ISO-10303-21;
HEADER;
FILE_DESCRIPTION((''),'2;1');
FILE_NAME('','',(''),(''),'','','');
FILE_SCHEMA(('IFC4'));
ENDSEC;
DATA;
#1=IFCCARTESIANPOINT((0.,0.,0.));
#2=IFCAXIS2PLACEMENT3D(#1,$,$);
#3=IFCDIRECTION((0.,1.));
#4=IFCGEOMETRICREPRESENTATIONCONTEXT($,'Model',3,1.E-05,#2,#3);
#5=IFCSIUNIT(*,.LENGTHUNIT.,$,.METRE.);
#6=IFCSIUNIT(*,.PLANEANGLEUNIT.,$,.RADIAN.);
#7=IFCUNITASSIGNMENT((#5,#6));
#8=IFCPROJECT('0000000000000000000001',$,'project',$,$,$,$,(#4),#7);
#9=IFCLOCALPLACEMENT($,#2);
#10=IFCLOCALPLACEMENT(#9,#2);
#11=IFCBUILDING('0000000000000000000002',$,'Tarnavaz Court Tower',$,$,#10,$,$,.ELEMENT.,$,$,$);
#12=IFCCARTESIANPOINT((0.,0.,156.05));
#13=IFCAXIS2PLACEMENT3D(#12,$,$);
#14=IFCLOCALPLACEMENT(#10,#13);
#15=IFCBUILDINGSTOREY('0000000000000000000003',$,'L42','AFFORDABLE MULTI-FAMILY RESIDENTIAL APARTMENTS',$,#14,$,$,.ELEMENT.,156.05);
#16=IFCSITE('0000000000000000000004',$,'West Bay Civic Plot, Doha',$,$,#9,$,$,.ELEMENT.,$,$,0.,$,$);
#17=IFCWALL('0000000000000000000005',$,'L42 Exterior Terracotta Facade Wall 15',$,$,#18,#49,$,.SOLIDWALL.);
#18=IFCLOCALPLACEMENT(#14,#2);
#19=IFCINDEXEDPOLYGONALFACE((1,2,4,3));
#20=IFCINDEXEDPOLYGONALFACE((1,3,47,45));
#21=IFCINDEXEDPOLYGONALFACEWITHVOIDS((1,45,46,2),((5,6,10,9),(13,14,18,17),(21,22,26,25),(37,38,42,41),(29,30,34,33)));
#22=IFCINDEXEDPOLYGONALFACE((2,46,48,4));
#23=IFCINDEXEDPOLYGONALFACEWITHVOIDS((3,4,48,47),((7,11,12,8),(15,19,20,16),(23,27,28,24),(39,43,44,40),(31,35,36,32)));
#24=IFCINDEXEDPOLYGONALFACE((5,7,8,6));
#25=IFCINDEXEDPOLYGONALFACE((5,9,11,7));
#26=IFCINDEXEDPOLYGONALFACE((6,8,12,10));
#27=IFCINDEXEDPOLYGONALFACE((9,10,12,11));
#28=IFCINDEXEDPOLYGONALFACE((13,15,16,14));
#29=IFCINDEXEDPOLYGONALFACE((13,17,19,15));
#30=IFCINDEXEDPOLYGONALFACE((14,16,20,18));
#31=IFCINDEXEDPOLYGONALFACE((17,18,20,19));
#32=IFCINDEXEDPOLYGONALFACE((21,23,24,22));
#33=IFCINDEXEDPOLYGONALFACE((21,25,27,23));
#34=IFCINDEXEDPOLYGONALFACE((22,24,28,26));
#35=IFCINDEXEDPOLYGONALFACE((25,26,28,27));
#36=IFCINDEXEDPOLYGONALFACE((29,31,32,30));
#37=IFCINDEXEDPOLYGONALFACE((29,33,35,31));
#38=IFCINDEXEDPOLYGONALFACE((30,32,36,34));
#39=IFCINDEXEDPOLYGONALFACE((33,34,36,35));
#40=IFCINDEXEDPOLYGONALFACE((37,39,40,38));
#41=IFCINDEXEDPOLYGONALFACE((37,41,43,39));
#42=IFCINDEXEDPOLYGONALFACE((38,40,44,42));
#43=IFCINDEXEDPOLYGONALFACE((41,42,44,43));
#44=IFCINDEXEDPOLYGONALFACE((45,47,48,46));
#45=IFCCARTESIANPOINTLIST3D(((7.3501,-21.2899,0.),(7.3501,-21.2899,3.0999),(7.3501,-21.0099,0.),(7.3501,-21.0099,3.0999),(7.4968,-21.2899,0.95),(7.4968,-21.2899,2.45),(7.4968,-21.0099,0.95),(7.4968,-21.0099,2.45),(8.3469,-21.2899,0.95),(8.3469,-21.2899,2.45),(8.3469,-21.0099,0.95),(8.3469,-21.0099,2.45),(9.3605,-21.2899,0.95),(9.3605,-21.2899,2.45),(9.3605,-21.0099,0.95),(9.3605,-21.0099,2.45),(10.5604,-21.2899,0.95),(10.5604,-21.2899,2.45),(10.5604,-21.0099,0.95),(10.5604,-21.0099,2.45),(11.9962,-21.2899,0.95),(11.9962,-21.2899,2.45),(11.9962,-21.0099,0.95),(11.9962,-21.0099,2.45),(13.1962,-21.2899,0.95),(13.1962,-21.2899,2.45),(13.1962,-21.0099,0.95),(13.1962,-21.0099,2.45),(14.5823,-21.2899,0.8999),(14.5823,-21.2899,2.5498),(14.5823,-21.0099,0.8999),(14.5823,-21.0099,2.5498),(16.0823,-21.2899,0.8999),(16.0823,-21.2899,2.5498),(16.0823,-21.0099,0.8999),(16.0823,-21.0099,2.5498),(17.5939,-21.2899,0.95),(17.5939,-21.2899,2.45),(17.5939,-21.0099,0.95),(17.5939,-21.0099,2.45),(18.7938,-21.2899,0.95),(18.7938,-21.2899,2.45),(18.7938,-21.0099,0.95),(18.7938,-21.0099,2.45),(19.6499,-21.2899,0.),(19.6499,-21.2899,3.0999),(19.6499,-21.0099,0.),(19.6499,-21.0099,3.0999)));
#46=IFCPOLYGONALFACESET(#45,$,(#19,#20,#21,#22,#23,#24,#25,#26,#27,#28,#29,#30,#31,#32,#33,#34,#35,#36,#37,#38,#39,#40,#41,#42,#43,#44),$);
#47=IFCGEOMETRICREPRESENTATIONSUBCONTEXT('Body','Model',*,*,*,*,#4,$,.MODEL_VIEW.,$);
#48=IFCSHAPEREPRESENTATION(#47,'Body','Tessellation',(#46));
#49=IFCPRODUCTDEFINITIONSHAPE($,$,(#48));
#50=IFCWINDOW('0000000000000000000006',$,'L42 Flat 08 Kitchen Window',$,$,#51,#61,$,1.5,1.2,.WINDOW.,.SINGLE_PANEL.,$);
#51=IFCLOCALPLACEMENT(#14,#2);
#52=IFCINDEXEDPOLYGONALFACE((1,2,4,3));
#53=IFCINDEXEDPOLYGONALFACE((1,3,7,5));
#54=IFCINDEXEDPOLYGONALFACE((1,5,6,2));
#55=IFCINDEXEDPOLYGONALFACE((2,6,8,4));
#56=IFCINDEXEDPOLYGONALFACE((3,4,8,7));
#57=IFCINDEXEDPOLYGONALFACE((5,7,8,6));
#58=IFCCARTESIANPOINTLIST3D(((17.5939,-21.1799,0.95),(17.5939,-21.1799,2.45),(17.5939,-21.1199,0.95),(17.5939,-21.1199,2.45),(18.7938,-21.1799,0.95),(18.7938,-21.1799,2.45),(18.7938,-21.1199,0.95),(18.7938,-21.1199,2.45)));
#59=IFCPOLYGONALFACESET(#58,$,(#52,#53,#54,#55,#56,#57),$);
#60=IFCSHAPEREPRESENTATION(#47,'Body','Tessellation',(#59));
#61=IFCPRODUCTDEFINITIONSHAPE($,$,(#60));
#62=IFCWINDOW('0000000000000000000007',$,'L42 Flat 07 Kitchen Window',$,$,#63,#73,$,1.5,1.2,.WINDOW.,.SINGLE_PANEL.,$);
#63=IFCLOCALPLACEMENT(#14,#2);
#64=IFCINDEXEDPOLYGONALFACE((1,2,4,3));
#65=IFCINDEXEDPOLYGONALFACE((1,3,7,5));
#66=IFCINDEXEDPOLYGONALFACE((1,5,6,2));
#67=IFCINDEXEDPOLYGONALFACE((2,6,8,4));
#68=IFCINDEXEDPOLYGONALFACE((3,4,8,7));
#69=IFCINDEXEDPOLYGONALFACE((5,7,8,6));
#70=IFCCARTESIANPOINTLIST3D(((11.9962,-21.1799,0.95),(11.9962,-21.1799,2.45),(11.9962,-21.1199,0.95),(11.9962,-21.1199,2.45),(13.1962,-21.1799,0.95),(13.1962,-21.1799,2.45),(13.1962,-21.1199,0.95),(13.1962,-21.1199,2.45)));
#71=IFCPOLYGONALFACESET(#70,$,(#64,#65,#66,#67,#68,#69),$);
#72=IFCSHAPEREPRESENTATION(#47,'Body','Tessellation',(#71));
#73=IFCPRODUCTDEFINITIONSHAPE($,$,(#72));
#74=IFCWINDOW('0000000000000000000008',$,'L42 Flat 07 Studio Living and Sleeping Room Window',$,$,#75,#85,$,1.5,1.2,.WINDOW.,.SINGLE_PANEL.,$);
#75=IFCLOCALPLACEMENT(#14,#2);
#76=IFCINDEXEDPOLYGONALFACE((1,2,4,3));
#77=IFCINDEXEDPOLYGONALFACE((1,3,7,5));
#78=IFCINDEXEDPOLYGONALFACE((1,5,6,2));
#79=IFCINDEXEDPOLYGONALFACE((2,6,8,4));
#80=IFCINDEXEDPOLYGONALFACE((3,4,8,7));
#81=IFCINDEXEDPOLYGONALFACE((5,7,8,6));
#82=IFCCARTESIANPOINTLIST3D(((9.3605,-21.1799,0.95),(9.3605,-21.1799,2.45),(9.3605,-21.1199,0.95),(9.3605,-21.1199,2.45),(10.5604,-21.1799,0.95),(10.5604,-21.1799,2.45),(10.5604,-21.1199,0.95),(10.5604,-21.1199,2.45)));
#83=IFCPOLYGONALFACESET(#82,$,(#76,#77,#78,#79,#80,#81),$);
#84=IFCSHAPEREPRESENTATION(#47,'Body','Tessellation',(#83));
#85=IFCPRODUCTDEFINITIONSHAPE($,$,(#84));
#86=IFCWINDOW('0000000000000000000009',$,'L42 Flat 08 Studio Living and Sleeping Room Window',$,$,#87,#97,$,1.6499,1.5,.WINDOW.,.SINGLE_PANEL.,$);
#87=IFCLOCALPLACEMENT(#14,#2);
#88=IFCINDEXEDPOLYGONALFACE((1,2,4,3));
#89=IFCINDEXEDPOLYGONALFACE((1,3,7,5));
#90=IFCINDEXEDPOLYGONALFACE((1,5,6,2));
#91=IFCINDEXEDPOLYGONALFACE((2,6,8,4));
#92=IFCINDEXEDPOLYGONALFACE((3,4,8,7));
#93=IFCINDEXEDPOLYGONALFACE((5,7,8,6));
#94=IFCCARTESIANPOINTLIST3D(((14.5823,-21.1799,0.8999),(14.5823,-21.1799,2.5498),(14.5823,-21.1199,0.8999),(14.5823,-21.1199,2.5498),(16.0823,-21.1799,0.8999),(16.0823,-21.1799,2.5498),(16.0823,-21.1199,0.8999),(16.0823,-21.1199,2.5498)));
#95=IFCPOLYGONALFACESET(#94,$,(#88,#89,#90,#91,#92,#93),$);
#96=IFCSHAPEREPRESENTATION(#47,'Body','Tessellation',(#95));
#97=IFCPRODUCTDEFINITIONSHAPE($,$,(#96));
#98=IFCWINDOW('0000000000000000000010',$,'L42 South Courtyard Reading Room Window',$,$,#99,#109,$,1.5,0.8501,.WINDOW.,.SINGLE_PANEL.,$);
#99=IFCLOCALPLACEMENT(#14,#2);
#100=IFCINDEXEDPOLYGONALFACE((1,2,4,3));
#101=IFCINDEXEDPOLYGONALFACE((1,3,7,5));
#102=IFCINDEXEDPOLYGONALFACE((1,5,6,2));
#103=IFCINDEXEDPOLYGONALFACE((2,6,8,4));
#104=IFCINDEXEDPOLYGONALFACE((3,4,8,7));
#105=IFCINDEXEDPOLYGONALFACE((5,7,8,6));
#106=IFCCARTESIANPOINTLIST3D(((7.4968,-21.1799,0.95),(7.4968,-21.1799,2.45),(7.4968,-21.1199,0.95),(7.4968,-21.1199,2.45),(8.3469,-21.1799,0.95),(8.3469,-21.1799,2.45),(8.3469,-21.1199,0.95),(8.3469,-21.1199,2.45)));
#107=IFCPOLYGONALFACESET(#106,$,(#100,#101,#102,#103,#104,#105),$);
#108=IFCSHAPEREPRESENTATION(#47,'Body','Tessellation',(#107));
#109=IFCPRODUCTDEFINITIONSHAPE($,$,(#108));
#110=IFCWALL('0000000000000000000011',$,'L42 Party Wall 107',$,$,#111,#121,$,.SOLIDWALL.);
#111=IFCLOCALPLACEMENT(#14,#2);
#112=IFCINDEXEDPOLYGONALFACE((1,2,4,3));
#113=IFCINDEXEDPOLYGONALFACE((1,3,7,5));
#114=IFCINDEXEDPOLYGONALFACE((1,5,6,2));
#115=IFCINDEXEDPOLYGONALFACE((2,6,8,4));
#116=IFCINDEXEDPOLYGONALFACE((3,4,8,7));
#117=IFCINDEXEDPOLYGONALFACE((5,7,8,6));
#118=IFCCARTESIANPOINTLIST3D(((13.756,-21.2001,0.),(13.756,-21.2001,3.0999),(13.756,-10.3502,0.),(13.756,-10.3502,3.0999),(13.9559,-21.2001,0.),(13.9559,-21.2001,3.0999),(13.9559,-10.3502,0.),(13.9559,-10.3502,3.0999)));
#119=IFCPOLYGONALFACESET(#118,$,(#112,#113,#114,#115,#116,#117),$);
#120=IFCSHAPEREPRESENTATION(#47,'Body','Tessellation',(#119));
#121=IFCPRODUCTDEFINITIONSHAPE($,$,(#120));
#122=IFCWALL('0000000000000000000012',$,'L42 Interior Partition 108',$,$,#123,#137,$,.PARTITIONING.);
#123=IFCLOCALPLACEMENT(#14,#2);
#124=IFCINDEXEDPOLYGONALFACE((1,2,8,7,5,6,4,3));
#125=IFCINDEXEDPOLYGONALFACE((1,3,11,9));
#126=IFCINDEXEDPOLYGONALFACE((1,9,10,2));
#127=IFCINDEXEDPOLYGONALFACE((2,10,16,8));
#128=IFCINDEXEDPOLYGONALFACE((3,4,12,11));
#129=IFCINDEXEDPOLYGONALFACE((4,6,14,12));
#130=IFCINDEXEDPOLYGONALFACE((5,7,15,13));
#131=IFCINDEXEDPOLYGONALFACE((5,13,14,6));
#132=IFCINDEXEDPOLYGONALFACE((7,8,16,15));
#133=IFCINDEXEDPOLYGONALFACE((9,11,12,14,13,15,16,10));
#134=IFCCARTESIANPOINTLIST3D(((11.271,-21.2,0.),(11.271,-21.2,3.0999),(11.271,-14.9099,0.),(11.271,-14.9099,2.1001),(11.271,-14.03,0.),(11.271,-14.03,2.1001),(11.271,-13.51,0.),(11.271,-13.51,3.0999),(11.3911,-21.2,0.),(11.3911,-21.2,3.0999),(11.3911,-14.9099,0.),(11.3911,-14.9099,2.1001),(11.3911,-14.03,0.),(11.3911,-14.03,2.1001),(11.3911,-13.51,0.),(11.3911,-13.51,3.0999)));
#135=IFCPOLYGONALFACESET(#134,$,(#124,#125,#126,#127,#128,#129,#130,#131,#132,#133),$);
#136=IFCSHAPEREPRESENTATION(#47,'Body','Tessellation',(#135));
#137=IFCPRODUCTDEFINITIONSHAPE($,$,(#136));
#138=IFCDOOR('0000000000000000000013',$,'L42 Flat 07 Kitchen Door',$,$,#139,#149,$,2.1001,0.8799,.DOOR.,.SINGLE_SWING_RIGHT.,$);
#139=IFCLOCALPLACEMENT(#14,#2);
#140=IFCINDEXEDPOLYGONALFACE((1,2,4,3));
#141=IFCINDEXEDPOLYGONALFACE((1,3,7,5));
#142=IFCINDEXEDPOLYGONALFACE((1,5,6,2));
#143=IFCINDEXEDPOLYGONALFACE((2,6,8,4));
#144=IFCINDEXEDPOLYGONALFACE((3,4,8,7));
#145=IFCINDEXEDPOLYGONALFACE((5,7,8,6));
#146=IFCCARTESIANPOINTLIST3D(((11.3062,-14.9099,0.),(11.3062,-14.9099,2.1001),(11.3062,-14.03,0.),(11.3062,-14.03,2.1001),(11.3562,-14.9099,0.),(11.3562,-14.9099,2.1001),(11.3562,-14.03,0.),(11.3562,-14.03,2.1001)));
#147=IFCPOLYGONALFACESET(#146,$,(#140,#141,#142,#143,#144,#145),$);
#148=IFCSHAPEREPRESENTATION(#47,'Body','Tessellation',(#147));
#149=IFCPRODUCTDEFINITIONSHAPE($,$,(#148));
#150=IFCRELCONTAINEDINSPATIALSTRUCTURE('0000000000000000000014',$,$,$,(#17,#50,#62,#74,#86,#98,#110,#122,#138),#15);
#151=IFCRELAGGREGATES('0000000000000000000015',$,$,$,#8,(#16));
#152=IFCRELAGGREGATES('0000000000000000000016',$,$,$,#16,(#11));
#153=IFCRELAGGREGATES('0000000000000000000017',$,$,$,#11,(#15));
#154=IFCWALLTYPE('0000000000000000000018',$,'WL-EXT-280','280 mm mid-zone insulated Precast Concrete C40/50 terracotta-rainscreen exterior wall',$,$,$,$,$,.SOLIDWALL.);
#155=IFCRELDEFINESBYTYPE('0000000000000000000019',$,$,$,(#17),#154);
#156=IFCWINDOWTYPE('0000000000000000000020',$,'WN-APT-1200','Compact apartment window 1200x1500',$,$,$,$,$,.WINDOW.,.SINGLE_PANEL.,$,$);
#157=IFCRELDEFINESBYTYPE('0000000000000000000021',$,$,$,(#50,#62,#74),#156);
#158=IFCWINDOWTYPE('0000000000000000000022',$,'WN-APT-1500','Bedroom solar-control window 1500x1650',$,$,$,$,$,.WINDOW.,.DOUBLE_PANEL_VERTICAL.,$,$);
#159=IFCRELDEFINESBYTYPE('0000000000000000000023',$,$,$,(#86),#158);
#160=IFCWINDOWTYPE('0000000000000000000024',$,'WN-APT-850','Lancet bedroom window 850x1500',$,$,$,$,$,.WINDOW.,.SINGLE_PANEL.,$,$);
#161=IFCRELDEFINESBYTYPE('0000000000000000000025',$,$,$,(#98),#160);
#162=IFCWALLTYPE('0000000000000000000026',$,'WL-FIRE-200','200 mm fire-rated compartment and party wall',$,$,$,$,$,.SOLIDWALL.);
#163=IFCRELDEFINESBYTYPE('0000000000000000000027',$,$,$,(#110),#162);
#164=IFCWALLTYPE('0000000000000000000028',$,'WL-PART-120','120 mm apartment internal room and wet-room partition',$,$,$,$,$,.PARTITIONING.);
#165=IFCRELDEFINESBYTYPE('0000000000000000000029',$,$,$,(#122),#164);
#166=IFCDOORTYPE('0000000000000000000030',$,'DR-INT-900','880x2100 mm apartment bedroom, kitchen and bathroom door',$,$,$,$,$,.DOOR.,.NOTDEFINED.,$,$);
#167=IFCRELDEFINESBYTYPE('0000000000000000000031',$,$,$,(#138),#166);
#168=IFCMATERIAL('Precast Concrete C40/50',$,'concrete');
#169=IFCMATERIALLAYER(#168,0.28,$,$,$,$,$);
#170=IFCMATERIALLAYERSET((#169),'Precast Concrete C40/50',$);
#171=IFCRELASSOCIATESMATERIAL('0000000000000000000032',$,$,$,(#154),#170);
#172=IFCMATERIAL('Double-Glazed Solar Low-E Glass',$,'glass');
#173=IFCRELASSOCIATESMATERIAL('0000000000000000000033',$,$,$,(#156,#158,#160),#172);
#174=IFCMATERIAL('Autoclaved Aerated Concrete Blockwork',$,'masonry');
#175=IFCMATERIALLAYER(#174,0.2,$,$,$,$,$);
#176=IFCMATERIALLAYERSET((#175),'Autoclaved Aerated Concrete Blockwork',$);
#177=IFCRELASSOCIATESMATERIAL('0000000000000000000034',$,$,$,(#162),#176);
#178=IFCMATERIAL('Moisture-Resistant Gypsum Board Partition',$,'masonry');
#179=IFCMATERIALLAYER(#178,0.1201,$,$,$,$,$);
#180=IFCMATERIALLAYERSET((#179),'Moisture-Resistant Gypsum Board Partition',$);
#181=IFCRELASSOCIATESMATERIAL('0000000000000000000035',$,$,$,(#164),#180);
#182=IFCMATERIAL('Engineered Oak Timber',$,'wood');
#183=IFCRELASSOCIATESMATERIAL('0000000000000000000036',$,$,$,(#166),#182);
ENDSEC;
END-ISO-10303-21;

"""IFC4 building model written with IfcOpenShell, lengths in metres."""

from ifc_helpers import new_model, si_unit, direction, frame, frame_2d, origin, place, context, subcontext, project, spatial, rectangle, extrude, material, layer, layer_set, type_object, element, fill, save


model = new_model("IFC4")

# Units and contexts
model_context = context("Model", 3, precision=1e-05, world=origin(), true_north=direction((0.0, 1.0)))
body_context = subcontext(model_context, "Body", "Model", "MODEL_VIEW")
ifc_project = project(units=[si_unit("LENGTHUNIT", "METRE"), si_unit("PLANEANGLEUNIT", "RADIAN")], contexts=[model_context])

# Site, building, storey
site_placement = place(None, origin())
site = spatial("IfcSite", under=ifc_project, at=site_placement, Name="West Bay Civic Plot, Doha", CompositionType="ELEMENT", RefElevation=0.0)
building_placement = place(site_placement, origin())
building = spatial("IfcBuilding", under=site, at=building_placement, Name="Tarnavaz Court Tower", CompositionType="ELEMENT")
storey_placement = place(building_placement, frame((0.0, 0.0, 156.05)))
storey = spatial("IfcBuildingStorey", under=building, at=storey_placement, Name="L42", Description="AFFORDABLE MULTI-FAMILY RESIDENTIAL APARTMENTS", CompositionType="ELEMENT", Elevation=156.05)

# Shared definitions
ifc_material_1 = material(Name="Precast Concrete C40/50", Category="concrete")
ifc_layer_1 = layer(ifc_material_1, 0.28)
ifc_layer_set_1 = layer_set([ifc_layer_1], Name="Precast Concrete C40/50")
wall_type_1 = type_object("IfcWallType", Name="WL-EXT-280", Description="280 mm mid-zone insulated Precast Concrete C40/50 terracotta-rainscreen exterior wall", PredefinedType="SOLIDWALL", material=ifc_layer_set_1)
ifc_material_2 = material(Name="Double-Glazed Solar Low-E Glass", Category="glass")

# Wall, openings, windows
wall_1_placement = place(storey_placement, frame((19.6499, -21.1499, 0.0), z_axis=(0.0, 0.0, 1.0), x_axis=(-1.0, 0.0, 0.0)))
wall_1 = element("IfcWall", 1, at=wall_1_placement, inside=storey, type_object=wall_type_1, Name="L42 Exterior Terracotta Facade Wall 15", PredefinedType="SOLIDWALL", context=body_context, shape_type="SweptSolid", body=[
    extrude(rectangle(XDim=12.2998, YDim=0.28, at=frame_2d((6.1499, 0.0))), origin(), (0.0, 0.0, 1.0), 3.0999),
])
opening_1_placement = place(wall_1_placement, frame((0.856, 0.0, 0.95)))
opening_1 = element("IfcOpeningElement", 2, at=opening_1_placement, cuts=wall_1, PredefinedType="OPENING", context=body_context, shape_type="SweptSolid", body=[
    extrude(rectangle(XDim=1.2, YDim=1.5, at=frame_2d((0.6001, 0.75))), frame((0.0, 0.1499, 0.0), z_axis=(0.0, -1.0, 0.0), x_axis=(1.0, 0.0, 0.0)), (0.0, 0.0, 1.0), 0.3),
])
opening_2_placement = place(wall_1_placement, frame((3.5676, 0.0, 0.8999)))
opening_2 = element("IfcOpeningElement", 3, at=opening_2_placement, cuts=wall_1, PredefinedType="OPENING", context=body_context, shape_type="SweptSolid", body=[
    extrude(rectangle(XDim=1.5, YDim=1.6499, at=frame_2d((0.75, 0.825))), frame((0.0, 0.1499, 0.0), z_axis=(0.0, -1.0, 0.0), x_axis=(1.0, 0.0, 0.0)), (0.0, 0.0, 1.0), 0.3),
])
opening_3_placement = place(wall_1_placement, frame((6.4536, 0.0, 0.95)))
opening_3 = element("IfcOpeningElement", 4, at=opening_3_placement, cuts=wall_1, PredefinedType="OPENING", context=body_context, shape_type="SweptSolid", body=[
    extrude(rectangle(XDim=1.2, YDim=1.5, at=frame_2d((0.6001, 0.75))), frame((0.0, 0.1499, 0.0), z_axis=(0.0, -1.0, 0.0), x_axis=(1.0, 0.0, 0.0)), (0.0, 0.0, 1.0), 0.3),
])
opening_4_placement = place(wall_1_placement, frame((9.0894, 0.0, 0.95)))
opening_4 = element("IfcOpeningElement", 5, at=opening_4_placement, cuts=wall_1, PredefinedType="OPENING", context=body_context, shape_type="SweptSolid", body=[
    extrude(rectangle(XDim=1.2, YDim=1.5, at=frame_2d((0.6001, 0.75))), frame((0.0, 0.1499, 0.0), z_axis=(0.0, -1.0, 0.0), x_axis=(1.0, 0.0, 0.0)), (0.0, 0.0, 1.0), 0.3),
])
opening_5_placement = place(wall_1_placement, frame((11.303, 0.0, 0.95)))
opening_5 = element("IfcOpeningElement", 6, at=opening_5_placement, cuts=wall_1, PredefinedType="OPENING", context=body_context, shape_type="SweptSolid", body=[
    extrude(rectangle(XDim=0.8501, YDim=1.5, at=frame_2d((0.425, 0.75))), frame((0.0, 0.1499, 0.0), z_axis=(0.0, -1.0, 0.0), x_axis=(1.0, 0.0, 0.0)), (0.0, 0.0, 1.0), 0.3),
])
window_type_1 = type_object("IfcWindowType", Name="WN-APT-1200", Description="Compact apartment window 1200x1500", PartitioningType="SINGLE_PANEL", PredefinedType="WINDOW", material=ifc_material_2)
window_1_placement = place(opening_1_placement, origin())
window_1 = element("IfcWindow", 7, at=window_1_placement, inside=storey, type_object=window_type_1, Name="L42 Flat 08 Kitchen Window", OverallHeight=1.5, OverallWidth=1.2, PartitioningType="SINGLE_PANEL", PredefinedType="WINDOW", context=body_context, shape_type="SweptSolid", body=[
    extrude(rectangle(XDim=1.2, YDim=1.5, at=frame_2d((0.6001, 0.75))), frame((0.0, 0.03, 0.0), z_axis=(0.0, -1.0, 0.0), x_axis=(1.0, 0.0, 0.0)), (0.0, 0.0, 1.0), 0.0601),
])
fill(opening_1, window_1)
window_2_placement = place(opening_3_placement, origin())
window_2 = element("IfcWindow", 8, at=window_2_placement, inside=storey, type_object=window_type_1, Name="L42 Flat 07 Kitchen Window", OverallHeight=1.5, OverallWidth=1.2, PartitioningType="SINGLE_PANEL", PredefinedType="WINDOW", context=body_context, shape_type="SweptSolid", body=[
    extrude(rectangle(XDim=1.2, YDim=1.5, at=frame_2d((0.6001, 0.75))), frame((0.0, 0.03, 0.0), z_axis=(0.0, -1.0, 0.0), x_axis=(1.0, 0.0, 0.0)), (0.0, 0.0, 1.0), 0.0601),
])
fill(opening_3, window_2)
window_3_placement = place(opening_4_placement, origin())
window_3 = element("IfcWindow", 9, at=window_3_placement, inside=storey, type_object=window_type_1, Name="L42 Flat 07 Studio Living and Sleeping Room Window", OverallHeight=1.5, OverallWidth=1.2, PartitioningType="SINGLE_PANEL", PredefinedType="WINDOW", context=body_context, shape_type="SweptSolid", body=[
    extrude(rectangle(XDim=1.2, YDim=1.5, at=frame_2d((0.6001, 0.75))), frame((0.0, 0.03, 0.0), z_axis=(0.0, -1.0, 0.0), x_axis=(1.0, 0.0, 0.0)), (0.0, 0.0, 1.0), 0.0601),
])
fill(opening_4, window_3)
window_type_2 = type_object("IfcWindowType", Name="WN-APT-1500", Description="Bedroom solar-control window 1500x1650", PartitioningType="DOUBLE_PANEL_VERTICAL", PredefinedType="WINDOW", material=ifc_material_2)
window_4_placement = place(opening_2_placement, origin())
window_4 = element("IfcWindow", 10, at=window_4_placement, inside=storey, type_object=window_type_2, Name="L42 Flat 08 Studio Living and Sleeping Room Window", OverallHeight=1.6499, OverallWidth=1.5, PartitioningType="SINGLE_PANEL", PredefinedType="WINDOW", context=body_context, shape_type="SweptSolid", body=[
    extrude(rectangle(XDim=1.5, YDim=1.6499, at=frame_2d((0.75, 0.825))), frame((0.0, 0.03, 0.0), z_axis=(0.0, -1.0, 0.0), x_axis=(1.0, 0.0, 0.0)), (0.0, 0.0, 1.0), 0.0601),
])
fill(opening_2, window_4)
window_type_3 = type_object("IfcWindowType", Name="WN-APT-850", Description="Lancet bedroom window 850x1500", PartitioningType="SINGLE_PANEL", PredefinedType="WINDOW", material=ifc_material_2)
window_5_placement = place(opening_5_placement, origin())
window_5 = element("IfcWindow", 11, at=window_5_placement, inside=storey, type_object=window_type_3, Name="L42 South Courtyard Reading Room Window", OverallHeight=1.5, OverallWidth=0.8501, PartitioningType="SINGLE_PANEL", PredefinedType="WINDOW", context=body_context, shape_type="SweptSolid", body=[
    extrude(rectangle(XDim=0.8501, YDim=1.5, at=frame_2d((0.425, 0.75))), frame((0.0, 0.03, 0.0), z_axis=(0.0, -1.0, 0.0), x_axis=(1.0, 0.0, 0.0)), (0.0, 0.0, 1.0), 0.0601),
])
fill(opening_5, window_5)

# Wall
ifc_material_3 = material(Name="Autoclaved Aerated Concrete Blockwork", Category="masonry")
ifc_layer_2 = layer(ifc_material_3, 0.2)
ifc_layer_set_2 = layer_set([ifc_layer_2], Name="Autoclaved Aerated Concrete Blockwork")
wall_type_2 = type_object("IfcWallType", Name="WL-FIRE-200", Description="200 mm fire-rated compartment and party wall", PredefinedType="SOLIDWALL", material=ifc_layer_set_2)
wall_2_placement = place(storey_placement, frame((13.856, -21.2, 0.0), z_axis=(0.0, 0.0, 1.0), x_axis=(0.0, 1.0, 0.0)))
element("IfcWall", 12, at=wall_2_placement, inside=storey, type_object=wall_type_2, Name="L42 Party Wall 107", PredefinedType="SOLIDWALL", context=body_context, shape_type="SweptSolid", body=[
    extrude(rectangle(XDim=10.8499, YDim=0.2, at=frame_2d((5.4248, 0.0))), origin(), (0.0, 0.0, 1.0), 3.0999),
])

# Wall, opening, door
ifc_material_4 = material(Name="Moisture-Resistant Gypsum Board Partition", Category="masonry")
ifc_layer_3 = layer(ifc_material_4, 0.1201)
ifc_layer_set_3 = layer_set([ifc_layer_3], Name="Moisture-Resistant Gypsum Board Partition")
wall_type_3 = type_object("IfcWallType", Name="WL-PART-120", Description="120 mm apartment internal room and wet-room partition", PredefinedType="PARTITIONING", material=ifc_layer_set_3)
wall_3_placement = place(storey_placement, frame((11.3311, -21.2, 0.0), z_axis=(0.0, 0.0, 1.0), x_axis=(0.0, 1.0, 0.0)))
wall_3 = element("IfcWall", 13, at=wall_3_placement, inside=storey, type_object=wall_type_3, Name="L42 Interior Partition 108", PredefinedType="PARTITIONING", context=body_context, shape_type="SweptSolid", body=[
    extrude(rectangle(XDim=7.6899, YDim=0.1201, at=frame_2d((3.845, 0.0))), origin(), (0.0, 0.0, 1.0), 3.0999),
])
opening_6_placement = place(wall_3_placement, frame((6.29, 0.0, 0.0)))
opening_6 = element("IfcOpeningElement", 14, at=opening_6_placement, cuts=wall_3, PredefinedType="OPENING", context=body_context, shape_type="SweptSolid", body=[
    extrude(rectangle(XDim=0.8799, YDim=2.1001, at=frame_2d((0.4399, 1.05))), frame((0.0, 0.0701, 0.0), z_axis=(0.0, -1.0, 0.0), x_axis=(1.0, 0.0, 0.0)), (0.0, 0.0, 1.0), 0.1401),
])
ifc_material_5 = material(Name="Engineered Oak Timber", Category="wood")
door_type = type_object("IfcDoorType", Name="DR-INT-900", Description="880x2100 mm apartment bedroom, kitchen and bathroom door", OperationType="NOTDEFINED", PredefinedType="DOOR", material=ifc_material_5)
door_1_placement = place(opening_6_placement, origin())
door_1 = element("IfcDoor", 15, at=door_1_placement, inside=storey, type_object=door_type, Name="L42 Flat 07 Kitchen Door", OperationType="SINGLE_SWING_RIGHT", OverallHeight=2.1001, OverallWidth=0.8799, PredefinedType="DOOR", context=body_context, shape_type="SweptSolid", body=[
    extrude(rectangle(XDim=0.8799, YDim=2.1001, at=frame_2d((0.4399, 1.05))), frame((0.0, 0.0249, 0.0), z_axis=(0.0, -1.0, 0.0), x_axis=(1.0, 0.0, 0.0)), (0.0, 0.0, 1.0), 0.05),
])
fill(opening_6, door_1)

save(model, "model.ifc")
